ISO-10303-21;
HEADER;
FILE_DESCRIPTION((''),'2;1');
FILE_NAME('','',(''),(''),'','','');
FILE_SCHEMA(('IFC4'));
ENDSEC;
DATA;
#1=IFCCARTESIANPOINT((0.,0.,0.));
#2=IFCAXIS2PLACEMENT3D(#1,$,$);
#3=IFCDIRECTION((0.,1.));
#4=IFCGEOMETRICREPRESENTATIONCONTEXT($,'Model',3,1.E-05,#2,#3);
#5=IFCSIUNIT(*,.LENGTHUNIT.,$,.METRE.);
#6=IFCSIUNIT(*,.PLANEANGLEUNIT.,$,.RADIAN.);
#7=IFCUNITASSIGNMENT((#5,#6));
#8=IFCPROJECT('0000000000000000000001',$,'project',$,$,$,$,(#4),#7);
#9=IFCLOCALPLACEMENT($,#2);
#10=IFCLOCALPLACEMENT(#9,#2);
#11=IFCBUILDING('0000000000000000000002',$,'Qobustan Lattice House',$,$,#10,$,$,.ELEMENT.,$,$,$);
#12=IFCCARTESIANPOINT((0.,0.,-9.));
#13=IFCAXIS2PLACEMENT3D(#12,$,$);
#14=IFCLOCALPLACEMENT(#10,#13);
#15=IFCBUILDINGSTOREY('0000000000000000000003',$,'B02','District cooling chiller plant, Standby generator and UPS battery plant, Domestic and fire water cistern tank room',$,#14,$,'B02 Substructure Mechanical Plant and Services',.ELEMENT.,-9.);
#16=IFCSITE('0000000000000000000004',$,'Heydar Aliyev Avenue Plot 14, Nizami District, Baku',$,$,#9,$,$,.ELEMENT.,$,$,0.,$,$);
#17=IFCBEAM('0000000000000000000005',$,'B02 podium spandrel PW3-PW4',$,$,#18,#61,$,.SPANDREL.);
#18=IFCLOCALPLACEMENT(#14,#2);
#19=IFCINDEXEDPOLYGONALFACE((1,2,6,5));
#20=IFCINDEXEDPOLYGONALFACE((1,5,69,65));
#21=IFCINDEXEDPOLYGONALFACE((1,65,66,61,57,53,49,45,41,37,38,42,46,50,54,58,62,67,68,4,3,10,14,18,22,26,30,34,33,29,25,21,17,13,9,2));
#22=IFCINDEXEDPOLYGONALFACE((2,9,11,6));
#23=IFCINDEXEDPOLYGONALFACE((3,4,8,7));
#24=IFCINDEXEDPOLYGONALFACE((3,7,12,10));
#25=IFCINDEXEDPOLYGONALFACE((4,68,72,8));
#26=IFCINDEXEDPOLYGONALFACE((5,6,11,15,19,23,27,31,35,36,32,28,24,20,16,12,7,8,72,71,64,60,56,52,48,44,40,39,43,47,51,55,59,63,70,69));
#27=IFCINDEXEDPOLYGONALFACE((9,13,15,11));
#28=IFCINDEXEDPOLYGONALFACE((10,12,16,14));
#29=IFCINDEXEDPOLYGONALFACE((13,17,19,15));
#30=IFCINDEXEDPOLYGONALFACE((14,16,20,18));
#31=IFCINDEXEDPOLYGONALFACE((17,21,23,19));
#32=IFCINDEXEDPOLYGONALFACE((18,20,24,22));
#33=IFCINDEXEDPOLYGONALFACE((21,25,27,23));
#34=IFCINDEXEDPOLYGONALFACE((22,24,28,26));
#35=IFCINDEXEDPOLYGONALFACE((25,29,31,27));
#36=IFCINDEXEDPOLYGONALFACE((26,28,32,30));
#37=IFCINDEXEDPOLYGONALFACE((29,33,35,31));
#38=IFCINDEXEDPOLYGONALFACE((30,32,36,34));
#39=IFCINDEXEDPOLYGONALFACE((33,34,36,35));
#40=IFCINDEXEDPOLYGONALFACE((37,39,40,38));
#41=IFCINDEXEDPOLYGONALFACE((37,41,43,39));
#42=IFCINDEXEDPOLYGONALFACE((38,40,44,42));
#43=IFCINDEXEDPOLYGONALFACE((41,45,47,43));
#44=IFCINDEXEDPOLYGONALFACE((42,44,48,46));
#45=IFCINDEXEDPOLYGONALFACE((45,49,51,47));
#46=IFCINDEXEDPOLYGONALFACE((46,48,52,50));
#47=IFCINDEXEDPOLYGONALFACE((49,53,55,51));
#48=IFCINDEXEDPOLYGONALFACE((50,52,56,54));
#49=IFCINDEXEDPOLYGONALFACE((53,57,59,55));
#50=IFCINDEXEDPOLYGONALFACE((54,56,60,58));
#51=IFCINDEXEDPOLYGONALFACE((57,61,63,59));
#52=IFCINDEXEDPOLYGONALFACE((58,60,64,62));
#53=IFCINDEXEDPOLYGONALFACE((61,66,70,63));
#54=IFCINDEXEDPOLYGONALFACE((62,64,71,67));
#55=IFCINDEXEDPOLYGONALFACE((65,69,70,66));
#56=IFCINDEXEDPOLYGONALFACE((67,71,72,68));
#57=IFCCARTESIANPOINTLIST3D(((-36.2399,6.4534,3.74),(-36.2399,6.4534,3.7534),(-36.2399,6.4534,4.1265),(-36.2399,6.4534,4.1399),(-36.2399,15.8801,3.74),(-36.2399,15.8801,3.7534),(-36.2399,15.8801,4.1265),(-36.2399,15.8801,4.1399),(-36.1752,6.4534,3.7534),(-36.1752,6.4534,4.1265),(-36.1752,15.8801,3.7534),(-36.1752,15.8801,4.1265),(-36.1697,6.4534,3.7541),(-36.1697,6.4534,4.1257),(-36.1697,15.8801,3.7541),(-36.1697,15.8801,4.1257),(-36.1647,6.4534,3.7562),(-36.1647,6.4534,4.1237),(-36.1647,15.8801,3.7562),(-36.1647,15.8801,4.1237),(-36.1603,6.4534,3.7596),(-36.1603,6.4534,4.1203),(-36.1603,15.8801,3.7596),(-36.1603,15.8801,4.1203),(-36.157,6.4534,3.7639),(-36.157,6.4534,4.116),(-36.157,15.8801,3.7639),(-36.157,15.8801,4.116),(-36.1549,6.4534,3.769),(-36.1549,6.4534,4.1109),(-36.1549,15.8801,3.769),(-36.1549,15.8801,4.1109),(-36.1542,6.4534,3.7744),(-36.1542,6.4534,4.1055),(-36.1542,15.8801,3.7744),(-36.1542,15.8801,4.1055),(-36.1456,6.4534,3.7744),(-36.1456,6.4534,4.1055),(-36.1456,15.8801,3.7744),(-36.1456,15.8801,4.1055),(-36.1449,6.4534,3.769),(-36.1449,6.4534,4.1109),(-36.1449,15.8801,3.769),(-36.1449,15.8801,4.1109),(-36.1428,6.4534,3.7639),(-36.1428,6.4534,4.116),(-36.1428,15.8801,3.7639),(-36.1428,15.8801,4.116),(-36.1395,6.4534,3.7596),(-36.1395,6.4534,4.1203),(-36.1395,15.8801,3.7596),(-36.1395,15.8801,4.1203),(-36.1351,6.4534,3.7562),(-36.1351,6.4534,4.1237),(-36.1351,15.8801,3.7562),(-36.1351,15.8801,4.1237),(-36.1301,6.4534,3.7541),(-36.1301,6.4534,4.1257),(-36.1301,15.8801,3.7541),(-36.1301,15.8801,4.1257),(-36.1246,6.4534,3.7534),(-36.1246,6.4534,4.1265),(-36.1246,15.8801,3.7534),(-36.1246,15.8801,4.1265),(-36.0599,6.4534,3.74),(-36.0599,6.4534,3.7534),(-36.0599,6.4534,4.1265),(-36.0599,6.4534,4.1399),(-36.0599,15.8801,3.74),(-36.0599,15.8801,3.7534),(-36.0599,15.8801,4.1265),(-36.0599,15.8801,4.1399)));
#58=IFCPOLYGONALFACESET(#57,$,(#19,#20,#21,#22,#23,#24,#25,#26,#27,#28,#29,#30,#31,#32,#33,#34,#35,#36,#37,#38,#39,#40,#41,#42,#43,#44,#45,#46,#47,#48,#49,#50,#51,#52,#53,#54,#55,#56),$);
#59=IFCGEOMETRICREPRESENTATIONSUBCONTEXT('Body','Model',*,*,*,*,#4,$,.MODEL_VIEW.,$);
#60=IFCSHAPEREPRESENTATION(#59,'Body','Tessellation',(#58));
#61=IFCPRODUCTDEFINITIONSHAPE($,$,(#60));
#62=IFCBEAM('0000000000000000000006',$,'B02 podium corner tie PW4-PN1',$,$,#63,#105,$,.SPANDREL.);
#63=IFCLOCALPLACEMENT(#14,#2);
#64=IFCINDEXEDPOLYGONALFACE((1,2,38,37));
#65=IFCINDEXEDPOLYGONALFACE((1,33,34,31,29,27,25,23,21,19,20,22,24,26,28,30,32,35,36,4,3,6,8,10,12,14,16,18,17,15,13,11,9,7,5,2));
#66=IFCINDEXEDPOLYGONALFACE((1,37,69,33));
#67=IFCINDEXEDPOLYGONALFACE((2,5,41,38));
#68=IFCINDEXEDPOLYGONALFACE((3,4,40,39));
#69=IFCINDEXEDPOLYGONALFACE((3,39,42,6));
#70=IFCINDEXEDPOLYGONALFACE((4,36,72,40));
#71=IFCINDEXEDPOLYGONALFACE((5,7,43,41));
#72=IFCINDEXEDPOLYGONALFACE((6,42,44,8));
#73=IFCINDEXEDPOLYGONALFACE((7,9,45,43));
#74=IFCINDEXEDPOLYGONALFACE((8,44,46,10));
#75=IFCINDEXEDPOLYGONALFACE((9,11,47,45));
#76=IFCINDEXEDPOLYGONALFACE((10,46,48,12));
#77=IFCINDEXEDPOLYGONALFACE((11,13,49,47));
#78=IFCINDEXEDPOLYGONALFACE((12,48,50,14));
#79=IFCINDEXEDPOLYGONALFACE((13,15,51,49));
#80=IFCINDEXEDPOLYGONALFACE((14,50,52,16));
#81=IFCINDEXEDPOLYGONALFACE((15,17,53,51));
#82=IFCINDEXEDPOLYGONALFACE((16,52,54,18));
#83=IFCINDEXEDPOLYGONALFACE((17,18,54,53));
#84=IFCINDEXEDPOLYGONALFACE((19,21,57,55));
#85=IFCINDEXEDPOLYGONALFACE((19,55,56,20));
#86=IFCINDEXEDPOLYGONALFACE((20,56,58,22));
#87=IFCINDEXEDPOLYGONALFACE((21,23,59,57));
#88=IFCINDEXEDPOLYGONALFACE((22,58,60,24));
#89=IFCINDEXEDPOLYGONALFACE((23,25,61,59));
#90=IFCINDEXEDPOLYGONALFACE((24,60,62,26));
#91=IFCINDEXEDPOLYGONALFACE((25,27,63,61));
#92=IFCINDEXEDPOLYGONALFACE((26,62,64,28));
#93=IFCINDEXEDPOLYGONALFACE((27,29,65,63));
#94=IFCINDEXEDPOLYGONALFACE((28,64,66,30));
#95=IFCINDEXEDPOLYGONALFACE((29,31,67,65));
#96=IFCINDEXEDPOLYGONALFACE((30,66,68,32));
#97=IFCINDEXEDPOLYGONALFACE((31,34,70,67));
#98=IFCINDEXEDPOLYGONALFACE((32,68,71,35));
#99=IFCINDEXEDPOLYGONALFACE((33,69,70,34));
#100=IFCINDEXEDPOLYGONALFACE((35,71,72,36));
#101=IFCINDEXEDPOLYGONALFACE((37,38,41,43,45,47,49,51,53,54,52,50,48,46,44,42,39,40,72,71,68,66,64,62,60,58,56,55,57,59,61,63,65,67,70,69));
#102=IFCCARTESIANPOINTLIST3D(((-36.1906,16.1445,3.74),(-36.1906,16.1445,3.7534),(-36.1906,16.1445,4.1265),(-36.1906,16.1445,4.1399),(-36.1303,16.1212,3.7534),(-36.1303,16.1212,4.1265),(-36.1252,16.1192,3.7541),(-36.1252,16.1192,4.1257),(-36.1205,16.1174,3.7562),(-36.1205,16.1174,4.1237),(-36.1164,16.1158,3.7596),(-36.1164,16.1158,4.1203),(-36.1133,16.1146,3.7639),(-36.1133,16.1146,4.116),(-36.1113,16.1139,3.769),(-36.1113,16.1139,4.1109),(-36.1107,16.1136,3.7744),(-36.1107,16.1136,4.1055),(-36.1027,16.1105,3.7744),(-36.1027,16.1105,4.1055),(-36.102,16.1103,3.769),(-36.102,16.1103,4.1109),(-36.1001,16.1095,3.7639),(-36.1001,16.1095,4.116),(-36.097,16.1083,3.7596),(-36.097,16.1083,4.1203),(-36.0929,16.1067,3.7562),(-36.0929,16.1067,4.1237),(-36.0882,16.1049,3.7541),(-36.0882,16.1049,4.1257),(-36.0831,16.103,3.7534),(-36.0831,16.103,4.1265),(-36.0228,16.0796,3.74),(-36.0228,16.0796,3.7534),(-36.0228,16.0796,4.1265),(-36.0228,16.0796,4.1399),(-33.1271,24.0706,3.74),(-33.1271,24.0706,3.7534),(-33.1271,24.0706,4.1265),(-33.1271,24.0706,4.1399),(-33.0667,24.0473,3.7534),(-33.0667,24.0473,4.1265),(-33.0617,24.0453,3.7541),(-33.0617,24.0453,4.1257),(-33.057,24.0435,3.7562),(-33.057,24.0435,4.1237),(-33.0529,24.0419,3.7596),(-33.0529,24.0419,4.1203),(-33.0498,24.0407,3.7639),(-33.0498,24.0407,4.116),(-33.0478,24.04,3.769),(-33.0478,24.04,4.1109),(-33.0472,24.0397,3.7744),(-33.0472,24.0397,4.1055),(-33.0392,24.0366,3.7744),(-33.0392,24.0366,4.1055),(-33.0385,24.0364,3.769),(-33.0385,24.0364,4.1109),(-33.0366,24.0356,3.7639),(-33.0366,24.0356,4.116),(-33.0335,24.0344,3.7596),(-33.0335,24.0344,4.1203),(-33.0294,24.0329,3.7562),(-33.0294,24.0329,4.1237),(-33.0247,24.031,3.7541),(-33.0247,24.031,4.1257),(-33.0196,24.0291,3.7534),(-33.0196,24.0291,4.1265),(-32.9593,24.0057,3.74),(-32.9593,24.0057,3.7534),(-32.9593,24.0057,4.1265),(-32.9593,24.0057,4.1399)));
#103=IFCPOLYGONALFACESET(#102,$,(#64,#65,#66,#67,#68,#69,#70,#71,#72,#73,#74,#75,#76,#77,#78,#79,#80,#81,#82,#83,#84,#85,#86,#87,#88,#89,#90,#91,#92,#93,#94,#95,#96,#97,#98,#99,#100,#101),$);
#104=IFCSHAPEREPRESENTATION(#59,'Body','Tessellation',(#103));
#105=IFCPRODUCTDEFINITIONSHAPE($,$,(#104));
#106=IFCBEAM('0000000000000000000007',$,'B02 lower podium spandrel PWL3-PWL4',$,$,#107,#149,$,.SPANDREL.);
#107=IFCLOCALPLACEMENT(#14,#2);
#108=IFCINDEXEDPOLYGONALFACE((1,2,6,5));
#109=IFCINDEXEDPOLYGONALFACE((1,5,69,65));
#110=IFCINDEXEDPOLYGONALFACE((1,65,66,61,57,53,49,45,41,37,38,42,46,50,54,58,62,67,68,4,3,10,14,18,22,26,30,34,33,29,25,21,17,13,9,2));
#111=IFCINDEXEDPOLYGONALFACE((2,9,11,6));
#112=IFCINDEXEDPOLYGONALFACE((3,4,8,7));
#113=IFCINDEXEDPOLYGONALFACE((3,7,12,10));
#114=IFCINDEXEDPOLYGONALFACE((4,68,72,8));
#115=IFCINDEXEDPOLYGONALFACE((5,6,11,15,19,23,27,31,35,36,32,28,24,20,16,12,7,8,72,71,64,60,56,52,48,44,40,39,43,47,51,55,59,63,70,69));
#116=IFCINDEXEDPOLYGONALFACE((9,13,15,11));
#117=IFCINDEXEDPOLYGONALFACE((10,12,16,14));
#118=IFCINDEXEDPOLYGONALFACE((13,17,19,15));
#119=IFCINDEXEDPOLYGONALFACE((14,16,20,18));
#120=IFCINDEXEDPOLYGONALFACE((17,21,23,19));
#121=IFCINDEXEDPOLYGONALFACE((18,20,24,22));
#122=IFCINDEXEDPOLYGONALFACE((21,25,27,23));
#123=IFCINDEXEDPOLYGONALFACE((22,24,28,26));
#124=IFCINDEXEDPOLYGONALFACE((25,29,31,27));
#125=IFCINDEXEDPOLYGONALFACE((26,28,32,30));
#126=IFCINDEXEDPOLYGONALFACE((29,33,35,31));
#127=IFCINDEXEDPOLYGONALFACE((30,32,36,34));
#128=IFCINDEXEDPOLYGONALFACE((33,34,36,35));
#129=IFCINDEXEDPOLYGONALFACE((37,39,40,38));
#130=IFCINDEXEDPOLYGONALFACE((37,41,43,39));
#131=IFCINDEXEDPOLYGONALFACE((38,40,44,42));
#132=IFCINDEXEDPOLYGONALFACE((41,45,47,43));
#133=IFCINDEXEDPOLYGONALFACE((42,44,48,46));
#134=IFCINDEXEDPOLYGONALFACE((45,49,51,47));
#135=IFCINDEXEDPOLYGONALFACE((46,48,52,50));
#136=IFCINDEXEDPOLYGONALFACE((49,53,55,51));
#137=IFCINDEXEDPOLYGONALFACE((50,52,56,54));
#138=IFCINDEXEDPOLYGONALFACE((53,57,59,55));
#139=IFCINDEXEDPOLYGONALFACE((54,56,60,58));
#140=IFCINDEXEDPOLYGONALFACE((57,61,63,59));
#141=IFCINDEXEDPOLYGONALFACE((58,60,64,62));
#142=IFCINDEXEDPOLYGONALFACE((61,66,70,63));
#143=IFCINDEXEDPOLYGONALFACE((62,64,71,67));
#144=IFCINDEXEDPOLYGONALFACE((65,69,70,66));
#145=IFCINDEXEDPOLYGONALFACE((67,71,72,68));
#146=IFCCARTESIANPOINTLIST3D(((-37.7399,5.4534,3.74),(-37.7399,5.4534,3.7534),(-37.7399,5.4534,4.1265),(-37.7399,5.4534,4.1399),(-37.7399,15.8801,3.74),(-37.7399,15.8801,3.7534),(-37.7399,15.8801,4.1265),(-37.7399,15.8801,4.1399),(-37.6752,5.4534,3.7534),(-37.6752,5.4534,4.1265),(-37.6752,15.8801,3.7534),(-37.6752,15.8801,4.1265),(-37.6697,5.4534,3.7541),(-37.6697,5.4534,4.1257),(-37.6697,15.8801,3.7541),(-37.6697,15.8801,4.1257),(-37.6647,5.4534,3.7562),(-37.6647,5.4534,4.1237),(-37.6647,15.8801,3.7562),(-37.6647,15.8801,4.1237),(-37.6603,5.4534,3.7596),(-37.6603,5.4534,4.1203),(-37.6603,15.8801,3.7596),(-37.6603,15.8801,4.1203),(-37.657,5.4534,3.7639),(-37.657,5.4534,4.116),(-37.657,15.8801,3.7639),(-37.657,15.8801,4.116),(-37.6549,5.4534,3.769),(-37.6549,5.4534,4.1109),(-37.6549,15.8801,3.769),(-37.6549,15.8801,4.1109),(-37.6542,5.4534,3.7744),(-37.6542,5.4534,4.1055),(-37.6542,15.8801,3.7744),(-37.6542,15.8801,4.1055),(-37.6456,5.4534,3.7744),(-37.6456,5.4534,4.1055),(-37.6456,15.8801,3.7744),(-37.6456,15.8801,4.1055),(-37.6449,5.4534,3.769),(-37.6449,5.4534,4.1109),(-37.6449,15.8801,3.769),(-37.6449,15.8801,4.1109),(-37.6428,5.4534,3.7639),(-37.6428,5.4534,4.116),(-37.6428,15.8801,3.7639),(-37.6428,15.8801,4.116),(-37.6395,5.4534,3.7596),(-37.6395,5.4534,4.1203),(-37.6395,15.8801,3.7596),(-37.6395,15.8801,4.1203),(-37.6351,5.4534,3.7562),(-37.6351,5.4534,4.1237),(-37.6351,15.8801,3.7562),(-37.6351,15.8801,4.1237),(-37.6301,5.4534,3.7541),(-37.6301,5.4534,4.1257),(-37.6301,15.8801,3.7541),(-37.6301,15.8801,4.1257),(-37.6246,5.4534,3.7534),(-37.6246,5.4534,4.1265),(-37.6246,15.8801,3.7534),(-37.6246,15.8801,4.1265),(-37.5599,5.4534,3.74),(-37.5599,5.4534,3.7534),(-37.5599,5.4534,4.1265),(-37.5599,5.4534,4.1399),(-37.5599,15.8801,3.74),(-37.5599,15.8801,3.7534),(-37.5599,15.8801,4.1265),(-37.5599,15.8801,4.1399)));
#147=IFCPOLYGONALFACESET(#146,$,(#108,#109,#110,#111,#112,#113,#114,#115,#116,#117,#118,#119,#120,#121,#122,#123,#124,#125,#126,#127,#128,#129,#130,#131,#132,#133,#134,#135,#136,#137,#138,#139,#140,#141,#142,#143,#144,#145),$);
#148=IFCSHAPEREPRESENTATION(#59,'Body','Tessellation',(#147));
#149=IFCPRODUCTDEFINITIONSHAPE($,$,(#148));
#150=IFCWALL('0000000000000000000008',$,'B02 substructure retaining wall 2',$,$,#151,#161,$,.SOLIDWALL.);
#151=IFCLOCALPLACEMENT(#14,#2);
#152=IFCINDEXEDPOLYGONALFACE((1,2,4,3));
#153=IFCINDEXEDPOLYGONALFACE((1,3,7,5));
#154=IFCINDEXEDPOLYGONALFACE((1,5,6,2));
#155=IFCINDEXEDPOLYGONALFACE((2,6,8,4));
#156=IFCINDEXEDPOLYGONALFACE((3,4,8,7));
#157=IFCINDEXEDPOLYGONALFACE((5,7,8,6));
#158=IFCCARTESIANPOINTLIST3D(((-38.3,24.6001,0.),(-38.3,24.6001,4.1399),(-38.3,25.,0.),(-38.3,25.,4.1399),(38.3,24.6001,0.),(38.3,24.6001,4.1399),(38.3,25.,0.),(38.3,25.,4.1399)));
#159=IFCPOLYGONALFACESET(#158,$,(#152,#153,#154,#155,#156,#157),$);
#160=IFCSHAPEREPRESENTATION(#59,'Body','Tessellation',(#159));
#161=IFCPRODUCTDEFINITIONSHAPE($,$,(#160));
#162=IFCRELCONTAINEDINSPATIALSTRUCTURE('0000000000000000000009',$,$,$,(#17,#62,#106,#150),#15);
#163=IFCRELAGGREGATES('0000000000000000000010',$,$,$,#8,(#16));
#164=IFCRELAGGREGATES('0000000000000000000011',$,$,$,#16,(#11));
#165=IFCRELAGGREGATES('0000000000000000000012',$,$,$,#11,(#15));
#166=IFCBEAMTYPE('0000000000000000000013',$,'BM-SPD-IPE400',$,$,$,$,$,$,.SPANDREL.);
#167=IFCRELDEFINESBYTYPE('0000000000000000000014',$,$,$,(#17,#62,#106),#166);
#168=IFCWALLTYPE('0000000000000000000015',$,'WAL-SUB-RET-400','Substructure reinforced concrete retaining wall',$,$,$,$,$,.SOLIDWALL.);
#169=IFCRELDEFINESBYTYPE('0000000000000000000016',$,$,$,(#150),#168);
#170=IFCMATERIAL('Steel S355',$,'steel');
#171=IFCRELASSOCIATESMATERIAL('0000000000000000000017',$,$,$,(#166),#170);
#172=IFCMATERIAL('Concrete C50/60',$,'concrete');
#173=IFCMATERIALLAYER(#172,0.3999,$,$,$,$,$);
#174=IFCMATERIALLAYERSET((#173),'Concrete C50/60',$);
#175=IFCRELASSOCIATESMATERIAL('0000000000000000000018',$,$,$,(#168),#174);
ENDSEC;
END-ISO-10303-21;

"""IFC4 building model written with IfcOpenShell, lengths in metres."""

from ifc_helpers import new_model, si_unit, direction, frame, frame_2d, origin, origin_2d, place, context, subcontext, project, spatial, rectangle, i_section, extrude, material, layer, layer_set, material_profile, profile_set, type_object, element, save


model = new_model("IFC4")

# Units and contexts
model_context = context("Model", 3, precision=1e-05, world=origin(), true_north=direction((0.0, 1.0)))
body_context = subcontext(model_context, "Body", "Model", "MODEL_VIEW")
ifc_project = project(units=[si_unit("LENGTHUNIT", "METRE"), si_unit("PLANEANGLEUNIT", "RADIAN")], contexts=[model_context])

# Site, building, storey
site_placement = place(None, origin())
site = spatial("IfcSite", under=ifc_project, at=site_placement, Name="Heydar Aliyev Avenue Plot 14, Nizami District, Baku", CompositionType="ELEMENT", RefElevation=0.0)
building_placement = place(site_placement, origin())
building = spatial("IfcBuilding", under=site, at=building_placement, Name="Qobustan Lattice House", CompositionType="ELEMENT")
storey_placement = place(building_placement, frame((0.0, 0.0, -9.0)))
storey = spatial("IfcBuildingStorey", under=building, at=storey_placement, Name="B02", Description="District cooling chiller plant, Standby generator and UPS battery plant, Domestic and fire water cistern tank room", LongName="B02 Substructure Mechanical Plant and Services", CompositionType="ELEMENT", Elevation=-9.0)

# Beams
ifc_material_1 = material(Name="Steel S355", Category="steel")
ifc_material_profile_1 = material_profile(ifc_material_1, i_section(OverallWidth=0.1799, OverallDepth=0.3999, WebThickness=0.0085, FlangeThickness=0.0134, FilletRadius=0.021, at=origin_2d()), Name="IPE400")
ifc_profile_set_1 = profile_set([ifc_material_profile_1], Name="Steel S355")
beam_type_1 = type_object("IfcBeamType", Name="BM-SPD-IPE400", PredefinedType="SPANDREL", material=ifc_profile_set_1)
beam_1_placement = place(storey_placement, frame((-36.1499, 6.4534, 3.9399), z_axis=(0.0, 1.0, 0.0), x_axis=(-1.0, 0.0, 0.0)))
element("IfcBeam", 1, at=beam_1_placement, inside=storey, type_object=beam_type_1, Name="B02 podium spandrel PW3-PW4", PredefinedType="SPANDREL", context=body_context, shape_type="SweptSolid", body=[
    extrude(i_section(OverallWidth=0.1799, OverallDepth=0.3999, WebThickness=0.0085, FlangeThickness=0.0134, FilletRadius=0.021, at=origin_2d()), origin(), (0.0, 0.0, 1.0), 9.4268),
])
beam_2_placement = place(storey_placement, frame((-36.1067, 16.1121, 3.9399), z_axis=(0.360517, 0.932753, 0.0), x_axis=(-0.932753, 0.360517, 0.0)))
element("IfcBeam", 2, at=beam_2_placement, inside=storey, type_object=beam_type_1, Name="B02 podium corner tie PW4-PN1", PredefinedType="SPANDREL", context=body_context, shape_type="SweptSolid", body=[
    extrude(i_section(OverallWidth=0.1799, OverallDepth=0.3999, WebThickness=0.0085, FlangeThickness=0.0134, FilletRadius=0.021, at=origin_2d()), origin(), (0.0, 0.0, 1.0), 8.4976),
])
beam_3_placement = place(storey_placement, frame((-37.6499, 5.4534, 3.9399), z_axis=(0.0, 1.0, 0.0), x_axis=(-1.0, 0.0, 0.0)))
element("IfcBeam", 3, at=beam_3_placement, inside=storey, type_object=beam_type_1, Name="B02 lower podium spandrel PWL3-PWL4", PredefinedType="SPANDREL", context=body_context, shape_type="SweptSolid", body=[
    extrude(i_section(OverallWidth=0.1799, OverallDepth=0.3999, WebThickness=0.0085, FlangeThickness=0.0134, FilletRadius=0.021, at=origin_2d()), origin(), (0.0, 0.0, 1.0), 10.4268),
])

# Wall
ifc_material_2 = material(Name="Concrete C50/60", Category="concrete")
ifc_layer = layer(ifc_material_2, 0.3999)
ifc_layer_set = layer_set([ifc_layer], Name="Concrete C50/60")
wall_type = type_object("IfcWallType", Name="WAL-SUB-RET-400", Description="Substructure reinforced concrete retaining wall", PredefinedType="SOLIDWALL", material=ifc_layer_set)
wall_placement = place(storey_placement, frame((-38.3, 24.8, 0.0), z_axis=(0.0, 0.0, 1.0), x_axis=(1.0, 0.0, 0.0)))
element("IfcWall", 4, at=wall_placement, inside=storey, type_object=wall_type, Name="B02 substructure retaining wall 2", PredefinedType="SOLIDWALL", context=body_context, shape_type="SweptSolid", body=[
    extrude(rectangle(XDim=76.6001, YDim=0.3999, at=frame_2d((38.3, 0.0))), origin(), (0.0, 0.0, 1.0), 4.1399),
])

save(model, "model.ifc")
